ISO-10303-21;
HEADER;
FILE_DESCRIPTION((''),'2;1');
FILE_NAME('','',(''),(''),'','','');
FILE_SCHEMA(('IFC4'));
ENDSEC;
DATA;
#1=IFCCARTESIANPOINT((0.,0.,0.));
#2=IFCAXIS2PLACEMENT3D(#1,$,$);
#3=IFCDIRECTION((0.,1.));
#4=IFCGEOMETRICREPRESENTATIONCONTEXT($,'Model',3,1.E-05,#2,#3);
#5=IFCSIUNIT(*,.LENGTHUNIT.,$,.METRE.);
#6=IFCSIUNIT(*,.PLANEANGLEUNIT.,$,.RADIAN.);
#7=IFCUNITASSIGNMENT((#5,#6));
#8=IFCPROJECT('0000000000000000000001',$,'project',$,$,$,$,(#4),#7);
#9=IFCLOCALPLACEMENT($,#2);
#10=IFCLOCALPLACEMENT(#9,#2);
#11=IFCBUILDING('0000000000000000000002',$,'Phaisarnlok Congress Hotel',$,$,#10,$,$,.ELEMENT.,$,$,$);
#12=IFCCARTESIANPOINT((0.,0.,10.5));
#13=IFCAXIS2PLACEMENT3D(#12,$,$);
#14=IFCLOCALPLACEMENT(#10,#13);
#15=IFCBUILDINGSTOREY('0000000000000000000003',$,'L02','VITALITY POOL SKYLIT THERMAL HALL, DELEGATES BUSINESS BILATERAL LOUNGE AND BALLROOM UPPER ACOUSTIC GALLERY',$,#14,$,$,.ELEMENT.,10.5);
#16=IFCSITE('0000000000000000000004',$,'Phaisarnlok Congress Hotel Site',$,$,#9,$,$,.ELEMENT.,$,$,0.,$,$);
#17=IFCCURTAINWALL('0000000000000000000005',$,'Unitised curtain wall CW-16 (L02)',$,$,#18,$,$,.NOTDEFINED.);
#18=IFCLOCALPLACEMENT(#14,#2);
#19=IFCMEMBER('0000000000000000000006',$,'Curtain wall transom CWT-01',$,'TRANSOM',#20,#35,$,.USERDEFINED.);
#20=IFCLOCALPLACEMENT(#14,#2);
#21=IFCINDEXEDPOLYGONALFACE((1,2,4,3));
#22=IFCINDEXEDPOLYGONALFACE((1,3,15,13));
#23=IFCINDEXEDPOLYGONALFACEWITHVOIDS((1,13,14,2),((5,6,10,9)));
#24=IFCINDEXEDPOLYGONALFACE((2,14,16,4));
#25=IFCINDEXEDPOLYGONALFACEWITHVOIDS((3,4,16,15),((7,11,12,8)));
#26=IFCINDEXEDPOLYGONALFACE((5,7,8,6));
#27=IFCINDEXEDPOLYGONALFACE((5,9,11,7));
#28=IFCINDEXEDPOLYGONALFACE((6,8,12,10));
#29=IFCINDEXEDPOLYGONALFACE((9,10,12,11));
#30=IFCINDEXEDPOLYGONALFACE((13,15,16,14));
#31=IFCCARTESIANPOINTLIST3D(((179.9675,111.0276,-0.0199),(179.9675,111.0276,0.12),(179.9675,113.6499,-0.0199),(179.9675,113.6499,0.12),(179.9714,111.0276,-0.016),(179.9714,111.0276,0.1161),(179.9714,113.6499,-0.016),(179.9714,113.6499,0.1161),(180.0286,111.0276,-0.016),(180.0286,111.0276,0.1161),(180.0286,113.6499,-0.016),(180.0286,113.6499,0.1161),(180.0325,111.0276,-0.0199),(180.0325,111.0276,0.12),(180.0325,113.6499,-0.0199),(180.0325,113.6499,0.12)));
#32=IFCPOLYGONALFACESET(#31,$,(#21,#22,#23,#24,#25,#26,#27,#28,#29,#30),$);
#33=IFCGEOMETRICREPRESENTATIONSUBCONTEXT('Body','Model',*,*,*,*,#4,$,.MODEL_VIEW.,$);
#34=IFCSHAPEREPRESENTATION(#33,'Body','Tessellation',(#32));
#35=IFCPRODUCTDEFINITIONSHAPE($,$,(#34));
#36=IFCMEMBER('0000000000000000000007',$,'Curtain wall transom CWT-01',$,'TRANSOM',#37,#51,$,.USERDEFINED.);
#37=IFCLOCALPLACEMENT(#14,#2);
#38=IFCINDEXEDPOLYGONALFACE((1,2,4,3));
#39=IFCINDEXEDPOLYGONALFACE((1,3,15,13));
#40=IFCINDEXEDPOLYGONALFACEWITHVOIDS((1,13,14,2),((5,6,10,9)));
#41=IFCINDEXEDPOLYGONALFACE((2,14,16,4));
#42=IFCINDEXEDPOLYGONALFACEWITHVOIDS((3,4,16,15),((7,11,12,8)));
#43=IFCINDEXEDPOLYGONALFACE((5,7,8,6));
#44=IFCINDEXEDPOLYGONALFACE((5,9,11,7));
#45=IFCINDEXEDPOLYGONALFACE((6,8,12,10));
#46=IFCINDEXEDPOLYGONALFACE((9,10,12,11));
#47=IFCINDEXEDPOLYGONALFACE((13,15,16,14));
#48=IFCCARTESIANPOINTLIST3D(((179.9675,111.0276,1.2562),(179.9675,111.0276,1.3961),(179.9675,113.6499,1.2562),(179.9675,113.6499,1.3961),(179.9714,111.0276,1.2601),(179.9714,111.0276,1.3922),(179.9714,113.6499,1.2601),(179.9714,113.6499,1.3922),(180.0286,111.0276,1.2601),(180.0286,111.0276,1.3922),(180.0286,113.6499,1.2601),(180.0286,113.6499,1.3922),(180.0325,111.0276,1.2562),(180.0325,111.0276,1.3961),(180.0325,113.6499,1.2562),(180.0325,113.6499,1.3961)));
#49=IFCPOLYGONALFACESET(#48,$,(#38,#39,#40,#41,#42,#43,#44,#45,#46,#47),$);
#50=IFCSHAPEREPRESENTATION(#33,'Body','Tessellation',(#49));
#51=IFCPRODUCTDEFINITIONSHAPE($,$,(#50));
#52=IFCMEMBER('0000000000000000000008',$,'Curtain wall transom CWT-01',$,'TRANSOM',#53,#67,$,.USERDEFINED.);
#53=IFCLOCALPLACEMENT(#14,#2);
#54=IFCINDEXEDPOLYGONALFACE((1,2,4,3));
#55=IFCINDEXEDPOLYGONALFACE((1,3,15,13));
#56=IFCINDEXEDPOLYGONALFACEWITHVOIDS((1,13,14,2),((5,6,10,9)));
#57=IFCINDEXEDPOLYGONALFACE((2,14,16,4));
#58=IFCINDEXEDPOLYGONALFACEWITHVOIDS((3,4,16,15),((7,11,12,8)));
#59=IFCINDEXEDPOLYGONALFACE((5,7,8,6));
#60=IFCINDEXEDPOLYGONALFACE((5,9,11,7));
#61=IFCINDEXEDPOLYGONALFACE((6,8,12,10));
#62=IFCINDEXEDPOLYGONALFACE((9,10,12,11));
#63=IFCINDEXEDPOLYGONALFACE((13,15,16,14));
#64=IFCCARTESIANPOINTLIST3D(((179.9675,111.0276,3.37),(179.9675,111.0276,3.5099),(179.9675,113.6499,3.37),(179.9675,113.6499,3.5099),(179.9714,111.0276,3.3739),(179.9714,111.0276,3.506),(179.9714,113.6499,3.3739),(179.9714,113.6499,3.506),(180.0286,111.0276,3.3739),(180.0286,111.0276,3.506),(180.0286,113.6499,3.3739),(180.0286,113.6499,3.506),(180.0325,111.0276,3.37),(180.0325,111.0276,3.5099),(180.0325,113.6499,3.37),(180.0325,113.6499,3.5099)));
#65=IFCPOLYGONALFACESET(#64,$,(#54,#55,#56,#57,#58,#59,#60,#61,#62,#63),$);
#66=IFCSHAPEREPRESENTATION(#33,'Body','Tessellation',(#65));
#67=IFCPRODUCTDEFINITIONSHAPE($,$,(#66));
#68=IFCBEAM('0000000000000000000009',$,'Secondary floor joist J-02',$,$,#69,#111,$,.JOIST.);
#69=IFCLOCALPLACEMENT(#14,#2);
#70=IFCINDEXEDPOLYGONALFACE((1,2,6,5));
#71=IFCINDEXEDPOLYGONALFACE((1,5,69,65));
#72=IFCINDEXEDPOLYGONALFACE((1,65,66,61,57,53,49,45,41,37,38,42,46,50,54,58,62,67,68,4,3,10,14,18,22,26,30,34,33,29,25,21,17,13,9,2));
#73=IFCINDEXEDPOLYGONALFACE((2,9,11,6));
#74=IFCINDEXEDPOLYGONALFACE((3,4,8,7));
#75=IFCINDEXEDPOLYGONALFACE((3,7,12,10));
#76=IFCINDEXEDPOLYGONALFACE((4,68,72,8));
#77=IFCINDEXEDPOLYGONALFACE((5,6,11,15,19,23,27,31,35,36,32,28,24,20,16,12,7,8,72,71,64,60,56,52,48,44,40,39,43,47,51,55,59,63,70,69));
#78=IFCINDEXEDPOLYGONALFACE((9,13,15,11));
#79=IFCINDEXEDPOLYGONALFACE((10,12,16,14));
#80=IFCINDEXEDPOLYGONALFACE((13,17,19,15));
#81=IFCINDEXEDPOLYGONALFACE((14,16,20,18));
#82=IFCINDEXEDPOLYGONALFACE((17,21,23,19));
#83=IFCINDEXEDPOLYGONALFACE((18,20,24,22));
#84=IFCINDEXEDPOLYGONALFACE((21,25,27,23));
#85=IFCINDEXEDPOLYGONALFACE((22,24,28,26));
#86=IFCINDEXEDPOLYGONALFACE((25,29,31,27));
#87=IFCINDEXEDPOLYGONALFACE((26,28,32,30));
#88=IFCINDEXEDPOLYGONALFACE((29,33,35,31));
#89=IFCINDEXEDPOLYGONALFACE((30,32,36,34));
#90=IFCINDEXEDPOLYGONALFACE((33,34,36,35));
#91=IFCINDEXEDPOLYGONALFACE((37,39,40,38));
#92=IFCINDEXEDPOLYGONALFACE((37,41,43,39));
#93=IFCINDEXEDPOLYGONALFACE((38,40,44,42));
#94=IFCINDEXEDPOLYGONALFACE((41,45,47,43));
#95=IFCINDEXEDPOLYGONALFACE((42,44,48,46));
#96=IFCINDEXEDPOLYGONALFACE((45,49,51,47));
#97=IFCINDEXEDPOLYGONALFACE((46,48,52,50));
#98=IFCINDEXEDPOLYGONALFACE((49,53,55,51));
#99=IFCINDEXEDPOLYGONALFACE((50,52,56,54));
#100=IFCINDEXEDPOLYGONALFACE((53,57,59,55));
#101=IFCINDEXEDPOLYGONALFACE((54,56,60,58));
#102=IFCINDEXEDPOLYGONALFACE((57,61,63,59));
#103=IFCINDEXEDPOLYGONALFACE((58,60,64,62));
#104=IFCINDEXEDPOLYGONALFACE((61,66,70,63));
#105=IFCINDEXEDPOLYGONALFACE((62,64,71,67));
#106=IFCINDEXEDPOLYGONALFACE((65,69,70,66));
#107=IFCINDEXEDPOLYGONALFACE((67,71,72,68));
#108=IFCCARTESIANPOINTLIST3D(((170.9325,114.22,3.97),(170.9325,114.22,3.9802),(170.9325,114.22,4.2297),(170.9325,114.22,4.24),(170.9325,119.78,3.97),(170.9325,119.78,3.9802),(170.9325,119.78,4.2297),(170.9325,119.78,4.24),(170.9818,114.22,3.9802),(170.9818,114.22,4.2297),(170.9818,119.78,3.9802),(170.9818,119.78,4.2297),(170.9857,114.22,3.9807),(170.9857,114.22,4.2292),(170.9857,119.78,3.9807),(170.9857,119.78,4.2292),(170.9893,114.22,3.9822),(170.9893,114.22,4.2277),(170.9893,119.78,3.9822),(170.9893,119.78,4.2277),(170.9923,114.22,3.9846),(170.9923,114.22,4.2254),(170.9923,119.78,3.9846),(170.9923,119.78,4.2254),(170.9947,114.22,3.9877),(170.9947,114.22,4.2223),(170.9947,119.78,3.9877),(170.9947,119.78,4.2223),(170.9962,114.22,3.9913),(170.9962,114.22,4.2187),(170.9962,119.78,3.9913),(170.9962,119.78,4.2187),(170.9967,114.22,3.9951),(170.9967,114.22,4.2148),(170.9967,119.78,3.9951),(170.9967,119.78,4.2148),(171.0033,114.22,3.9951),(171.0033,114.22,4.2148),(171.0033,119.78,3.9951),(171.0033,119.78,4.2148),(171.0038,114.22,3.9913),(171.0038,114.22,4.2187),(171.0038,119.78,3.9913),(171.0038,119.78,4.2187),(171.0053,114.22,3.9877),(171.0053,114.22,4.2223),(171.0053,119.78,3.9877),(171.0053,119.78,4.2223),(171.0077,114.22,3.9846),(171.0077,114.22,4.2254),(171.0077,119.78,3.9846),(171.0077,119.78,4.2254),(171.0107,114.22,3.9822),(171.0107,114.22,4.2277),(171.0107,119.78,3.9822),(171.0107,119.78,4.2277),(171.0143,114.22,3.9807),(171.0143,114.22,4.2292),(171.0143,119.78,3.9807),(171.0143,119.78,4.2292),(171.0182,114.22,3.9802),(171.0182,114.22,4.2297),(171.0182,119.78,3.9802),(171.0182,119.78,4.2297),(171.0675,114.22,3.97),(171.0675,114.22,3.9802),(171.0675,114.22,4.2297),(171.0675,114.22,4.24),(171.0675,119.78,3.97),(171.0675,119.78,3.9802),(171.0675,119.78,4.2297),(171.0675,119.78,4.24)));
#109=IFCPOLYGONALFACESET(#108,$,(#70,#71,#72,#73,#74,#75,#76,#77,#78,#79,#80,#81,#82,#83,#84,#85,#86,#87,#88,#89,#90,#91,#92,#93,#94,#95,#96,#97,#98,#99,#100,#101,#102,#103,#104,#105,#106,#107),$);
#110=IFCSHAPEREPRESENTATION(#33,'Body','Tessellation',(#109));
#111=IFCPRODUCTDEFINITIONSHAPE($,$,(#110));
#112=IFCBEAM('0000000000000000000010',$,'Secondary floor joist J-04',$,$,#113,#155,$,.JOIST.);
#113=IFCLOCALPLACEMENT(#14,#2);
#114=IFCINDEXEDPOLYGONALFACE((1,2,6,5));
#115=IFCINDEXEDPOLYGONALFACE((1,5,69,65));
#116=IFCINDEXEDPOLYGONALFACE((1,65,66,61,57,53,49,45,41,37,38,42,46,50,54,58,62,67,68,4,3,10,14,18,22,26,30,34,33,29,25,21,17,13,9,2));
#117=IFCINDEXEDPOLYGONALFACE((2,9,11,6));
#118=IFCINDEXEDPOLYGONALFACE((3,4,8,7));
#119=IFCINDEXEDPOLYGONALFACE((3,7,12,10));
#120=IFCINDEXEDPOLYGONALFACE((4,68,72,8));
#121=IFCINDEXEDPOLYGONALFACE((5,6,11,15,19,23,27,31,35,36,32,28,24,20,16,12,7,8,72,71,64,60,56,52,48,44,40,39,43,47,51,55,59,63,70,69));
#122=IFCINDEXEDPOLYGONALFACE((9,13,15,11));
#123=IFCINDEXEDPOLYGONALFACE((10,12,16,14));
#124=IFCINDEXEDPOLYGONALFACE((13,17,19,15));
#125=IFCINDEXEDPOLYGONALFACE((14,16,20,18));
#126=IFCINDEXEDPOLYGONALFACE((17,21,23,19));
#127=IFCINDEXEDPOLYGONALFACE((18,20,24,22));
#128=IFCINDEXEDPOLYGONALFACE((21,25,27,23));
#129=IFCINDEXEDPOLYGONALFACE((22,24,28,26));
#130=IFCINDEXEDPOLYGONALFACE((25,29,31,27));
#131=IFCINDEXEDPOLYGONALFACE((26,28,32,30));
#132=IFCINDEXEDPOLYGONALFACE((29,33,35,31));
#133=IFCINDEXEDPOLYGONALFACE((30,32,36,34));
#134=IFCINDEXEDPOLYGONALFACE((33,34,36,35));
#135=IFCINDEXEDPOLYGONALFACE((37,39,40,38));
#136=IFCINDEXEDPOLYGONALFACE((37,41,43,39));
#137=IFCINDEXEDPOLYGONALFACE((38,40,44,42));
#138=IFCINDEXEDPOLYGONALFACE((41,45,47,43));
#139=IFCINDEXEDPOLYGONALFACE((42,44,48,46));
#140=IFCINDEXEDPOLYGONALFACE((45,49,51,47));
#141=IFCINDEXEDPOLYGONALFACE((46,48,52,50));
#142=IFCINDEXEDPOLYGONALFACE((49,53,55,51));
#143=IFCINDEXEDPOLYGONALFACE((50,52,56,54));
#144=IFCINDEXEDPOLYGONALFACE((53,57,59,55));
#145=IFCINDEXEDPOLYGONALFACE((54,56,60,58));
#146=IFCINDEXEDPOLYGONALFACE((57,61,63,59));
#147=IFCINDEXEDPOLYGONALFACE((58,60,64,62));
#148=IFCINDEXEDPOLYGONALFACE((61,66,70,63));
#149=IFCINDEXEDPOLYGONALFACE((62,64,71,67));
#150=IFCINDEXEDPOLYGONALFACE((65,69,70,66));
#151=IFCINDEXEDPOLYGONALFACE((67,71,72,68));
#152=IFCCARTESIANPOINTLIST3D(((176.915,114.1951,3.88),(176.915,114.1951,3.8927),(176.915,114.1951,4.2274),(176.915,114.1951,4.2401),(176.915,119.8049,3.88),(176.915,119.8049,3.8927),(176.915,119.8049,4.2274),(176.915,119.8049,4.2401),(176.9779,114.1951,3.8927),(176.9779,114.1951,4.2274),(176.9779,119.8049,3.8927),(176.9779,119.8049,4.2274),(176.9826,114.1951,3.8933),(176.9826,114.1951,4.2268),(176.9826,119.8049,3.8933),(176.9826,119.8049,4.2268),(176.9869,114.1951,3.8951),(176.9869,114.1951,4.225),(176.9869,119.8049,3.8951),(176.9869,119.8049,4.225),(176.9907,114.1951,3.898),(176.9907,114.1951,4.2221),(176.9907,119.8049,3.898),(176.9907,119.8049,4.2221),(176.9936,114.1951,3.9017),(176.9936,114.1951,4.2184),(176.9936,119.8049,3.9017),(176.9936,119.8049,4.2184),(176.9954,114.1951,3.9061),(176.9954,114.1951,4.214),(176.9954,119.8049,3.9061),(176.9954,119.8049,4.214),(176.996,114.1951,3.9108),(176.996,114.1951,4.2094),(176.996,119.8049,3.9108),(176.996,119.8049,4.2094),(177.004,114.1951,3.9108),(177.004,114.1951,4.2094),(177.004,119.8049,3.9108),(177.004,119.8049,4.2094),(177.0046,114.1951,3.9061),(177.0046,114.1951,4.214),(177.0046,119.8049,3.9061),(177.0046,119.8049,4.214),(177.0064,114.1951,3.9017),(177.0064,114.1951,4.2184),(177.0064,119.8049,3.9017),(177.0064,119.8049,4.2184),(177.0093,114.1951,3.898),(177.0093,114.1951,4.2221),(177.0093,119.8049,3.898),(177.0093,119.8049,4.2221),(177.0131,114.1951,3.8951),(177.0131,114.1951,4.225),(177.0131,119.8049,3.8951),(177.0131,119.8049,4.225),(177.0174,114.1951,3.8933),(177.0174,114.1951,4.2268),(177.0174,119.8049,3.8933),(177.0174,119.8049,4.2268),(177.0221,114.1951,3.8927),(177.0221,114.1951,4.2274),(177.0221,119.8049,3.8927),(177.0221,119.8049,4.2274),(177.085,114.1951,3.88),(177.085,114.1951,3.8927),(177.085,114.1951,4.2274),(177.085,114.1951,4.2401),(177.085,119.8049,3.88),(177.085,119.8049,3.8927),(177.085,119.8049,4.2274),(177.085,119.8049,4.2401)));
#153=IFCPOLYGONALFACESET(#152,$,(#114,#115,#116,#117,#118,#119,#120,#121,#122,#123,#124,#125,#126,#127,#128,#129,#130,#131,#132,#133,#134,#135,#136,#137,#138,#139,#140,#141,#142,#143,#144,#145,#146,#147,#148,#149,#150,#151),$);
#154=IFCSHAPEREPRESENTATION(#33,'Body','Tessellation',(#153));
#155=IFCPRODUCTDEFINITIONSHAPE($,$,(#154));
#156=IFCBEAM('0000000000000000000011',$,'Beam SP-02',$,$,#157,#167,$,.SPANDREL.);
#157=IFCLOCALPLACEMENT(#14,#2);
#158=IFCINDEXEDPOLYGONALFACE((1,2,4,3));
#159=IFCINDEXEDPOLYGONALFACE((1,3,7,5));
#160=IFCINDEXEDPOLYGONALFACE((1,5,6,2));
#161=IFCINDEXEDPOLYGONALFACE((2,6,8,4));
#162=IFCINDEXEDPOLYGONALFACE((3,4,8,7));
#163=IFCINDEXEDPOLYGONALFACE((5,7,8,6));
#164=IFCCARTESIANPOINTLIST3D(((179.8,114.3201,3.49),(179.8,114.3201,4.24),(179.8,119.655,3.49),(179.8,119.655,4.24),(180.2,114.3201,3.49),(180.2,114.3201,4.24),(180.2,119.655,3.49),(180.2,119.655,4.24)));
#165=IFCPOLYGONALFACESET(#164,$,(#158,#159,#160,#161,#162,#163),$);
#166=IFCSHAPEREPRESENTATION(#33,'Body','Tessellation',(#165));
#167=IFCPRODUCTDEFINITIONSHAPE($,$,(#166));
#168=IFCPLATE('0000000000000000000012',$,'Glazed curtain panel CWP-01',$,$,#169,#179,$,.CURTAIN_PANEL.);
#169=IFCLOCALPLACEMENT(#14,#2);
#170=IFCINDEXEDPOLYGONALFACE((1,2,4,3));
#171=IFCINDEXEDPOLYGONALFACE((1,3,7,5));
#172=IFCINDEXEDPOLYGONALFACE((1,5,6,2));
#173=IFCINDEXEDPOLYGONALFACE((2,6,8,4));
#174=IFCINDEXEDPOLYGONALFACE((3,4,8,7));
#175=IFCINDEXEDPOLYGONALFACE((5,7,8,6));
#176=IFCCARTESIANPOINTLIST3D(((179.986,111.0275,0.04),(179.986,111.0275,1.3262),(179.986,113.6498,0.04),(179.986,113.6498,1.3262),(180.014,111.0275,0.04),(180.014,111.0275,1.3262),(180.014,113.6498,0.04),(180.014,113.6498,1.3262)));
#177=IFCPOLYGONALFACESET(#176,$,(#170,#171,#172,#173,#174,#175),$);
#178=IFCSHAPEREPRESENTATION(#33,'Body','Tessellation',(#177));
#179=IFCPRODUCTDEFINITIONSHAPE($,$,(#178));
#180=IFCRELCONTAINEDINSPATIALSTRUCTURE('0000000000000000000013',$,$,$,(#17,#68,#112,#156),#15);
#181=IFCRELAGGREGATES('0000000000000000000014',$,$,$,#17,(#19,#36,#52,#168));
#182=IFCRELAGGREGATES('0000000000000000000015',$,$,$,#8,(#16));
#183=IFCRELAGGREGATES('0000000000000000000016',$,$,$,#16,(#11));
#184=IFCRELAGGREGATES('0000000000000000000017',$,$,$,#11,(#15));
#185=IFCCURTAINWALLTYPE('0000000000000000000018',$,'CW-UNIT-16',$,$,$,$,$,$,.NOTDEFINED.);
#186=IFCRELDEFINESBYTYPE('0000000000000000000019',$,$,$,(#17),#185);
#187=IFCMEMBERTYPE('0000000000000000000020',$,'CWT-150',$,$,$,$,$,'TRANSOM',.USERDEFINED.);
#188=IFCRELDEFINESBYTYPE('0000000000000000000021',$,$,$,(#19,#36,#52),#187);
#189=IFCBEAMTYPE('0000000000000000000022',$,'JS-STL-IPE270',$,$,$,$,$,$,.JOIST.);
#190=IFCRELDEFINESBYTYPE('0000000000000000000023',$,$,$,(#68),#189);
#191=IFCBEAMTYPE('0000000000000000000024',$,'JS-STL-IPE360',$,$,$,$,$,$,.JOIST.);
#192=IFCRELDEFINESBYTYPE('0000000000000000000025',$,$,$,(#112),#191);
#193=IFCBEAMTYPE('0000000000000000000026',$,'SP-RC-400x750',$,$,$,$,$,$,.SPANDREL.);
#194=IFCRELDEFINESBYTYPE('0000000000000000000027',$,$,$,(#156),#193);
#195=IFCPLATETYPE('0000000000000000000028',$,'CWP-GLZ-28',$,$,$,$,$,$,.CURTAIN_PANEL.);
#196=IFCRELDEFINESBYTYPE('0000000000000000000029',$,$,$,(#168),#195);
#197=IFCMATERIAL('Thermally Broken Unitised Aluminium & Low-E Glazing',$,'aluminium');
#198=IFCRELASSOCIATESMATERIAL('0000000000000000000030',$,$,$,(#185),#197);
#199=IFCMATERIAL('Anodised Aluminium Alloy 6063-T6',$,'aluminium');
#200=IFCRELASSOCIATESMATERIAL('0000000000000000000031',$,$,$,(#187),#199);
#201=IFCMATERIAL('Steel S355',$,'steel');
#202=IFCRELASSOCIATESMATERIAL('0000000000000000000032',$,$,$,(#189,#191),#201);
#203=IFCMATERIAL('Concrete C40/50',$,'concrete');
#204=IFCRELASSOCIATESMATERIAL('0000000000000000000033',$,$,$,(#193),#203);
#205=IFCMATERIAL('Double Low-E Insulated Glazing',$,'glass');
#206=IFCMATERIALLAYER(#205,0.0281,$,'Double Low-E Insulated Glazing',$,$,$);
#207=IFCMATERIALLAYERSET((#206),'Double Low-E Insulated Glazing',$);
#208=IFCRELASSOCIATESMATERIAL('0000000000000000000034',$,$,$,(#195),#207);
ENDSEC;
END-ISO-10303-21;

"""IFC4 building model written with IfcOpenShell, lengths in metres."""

from ifc_helpers import new_model, si_unit, direction, frame, frame_2d, origin, origin_2d, place, context, subcontext, project, spatial, rectangle, hollow_rectangle, i_section, extrude, material, layer, layer_set, material_profile, profile_set, type_object, element, aggregate, save


model = new_model("IFC4")

# Units and contexts
model_context = context("Model", 3, precision=1e-05, world=origin(), true_north=direction((0.0, 1.0)))
body_context = subcontext(model_context, "Body", "Model", "MODEL_VIEW")
ifc_project = project(units=[si_unit("LENGTHUNIT", "METRE"), si_unit("PLANEANGLEUNIT", "RADIAN")], contexts=[model_context])

# Site, building, storey
site_placement = place(None, origin())
site = spatial("IfcSite", under=ifc_project, at=site_placement, Name="Phaisarnlok Congress Hotel Site", CompositionType="ELEMENT", RefElevation=0.0)
building_placement = place(site_placement, origin())
building = spatial("IfcBuilding", under=site, at=building_placement, Name="Phaisarnlok Congress Hotel", CompositionType="ELEMENT")
storey_placement = place(building_placement, frame((0.0, 0.0, 10.5)))
storey = spatial("IfcBuildingStorey", under=building, at=storey_placement, Name="L02", Description="VITALITY POOL SKYLIT THERMAL HALL, DELEGATES BUSINESS BILATERAL LOUNGE AND BALLROOM UPPER ACOUSTIC GALLERY", CompositionType="ELEMENT", Elevation=10.5)

# Shared definitions
ifc_material_1 = material(Name="Steel S355", Category="steel")

# Shared definitions
ifc_material_2 = material(Name="Concrete C40/50", Category="concrete")

# Curtain wall, members
ifc_material_3 = material(Name="Thermally Broken Unitised Aluminium & Low-E Glazing", Category="aluminium")
curtain_wall_type = type_object("IfcCurtainWallType", Name="CW-UNIT-16", PredefinedType="NOTDEFINED", material=ifc_material_3)
curtain_wall_placement = place(storey_placement, origin())
curtain_wall = element("IfcCurtainWall", 1, at=curtain_wall_placement, inside=storey, type_object=curtain_wall_type, Name="Unitised curtain wall CW-16 (L02)", PredefinedType="NOTDEFINED")
ifc_material_4 = material(Name="Anodised Aluminium Alloy 6063-T6", Category="aluminium")
ifc_material_profile_1 = material_profile(ifc_material_4, hollow_rectangle(XDim=0.0649, YDim=0.1399, WallThickness=0.0039, at=origin_2d()), Name="ALU-T 65x140x4")
ifc_profile_set_1 = profile_set([ifc_material_profile_1], Name="Anodised Aluminium Alloy 6063-T6")
member_type_1 = type_object("IfcMemberType", Name="CWT-150", ElementType="TRANSOM", PredefinedType="USERDEFINED", material=ifc_profile_set_1)
member_1_placement = place(storey_placement, frame((180.0, 111.0276, 0.05), z_axis=(0.0, 1.0, 0.0), x_axis=(-1.0, 0.0, 0.0)))
member_1 = element("IfcMember", 2, at=member_1_placement, type_object=member_type_1, Name="Curtain wall transom CWT-01", ObjectType="TRANSOM", PredefinedType="USERDEFINED", context=body_context, shape_type="SweptSolid", body=[
    extrude(hollow_rectangle(XDim=0.0649, YDim=0.1399, WallThickness=0.0039, at=origin_2d()), origin(), (0.0, 0.0, 1.0), 2.6223),
])
member_2_placement = place(storey_placement, frame((180.0, 111.0276, 1.3262), z_axis=(0.0, 1.0, 0.0), x_axis=(-1.0, 0.0, 0.0)))
member_2 = element("IfcMember", 3, at=member_2_placement, type_object=member_type_1, Name="Curtain wall transom CWT-01", ObjectType="TRANSOM", PredefinedType="USERDEFINED", context=body_context, shape_type="SweptSolid", body=[
    extrude(hollow_rectangle(XDim=0.0649, YDim=0.1399, WallThickness=0.0039, at=origin_2d()), origin(), (0.0, 0.0, 1.0), 2.6223),
])
member_3_placement = place(storey_placement, frame((180.0, 111.0276, 3.4399), z_axis=(0.0, 1.0, 0.0), x_axis=(-1.0, 0.0, 0.0)))
member_3 = element("IfcMember", 4, at=member_3_placement, type_object=member_type_1, Name="Curtain wall transom CWT-01", ObjectType="TRANSOM", PredefinedType="USERDEFINED", context=body_context, shape_type="SweptSolid", body=[
    extrude(hollow_rectangle(XDim=0.0649, YDim=0.1399, WallThickness=0.0039, at=origin_2d()), origin(), (0.0, 0.0, 1.0), 2.6223),
])

# Beams
ifc_material_profile_2 = material_profile(ifc_material_1, i_section(OverallWidth=0.135, OverallDepth=0.27, WebThickness=0.0066, FlangeThickness=0.0103, FilletRadius=0.0149, at=origin_2d()), Name="IPE 270")
ifc_profile_set_2 = profile_set([ifc_material_profile_2], Name="Steel S355")
beam_type_1 = type_object("IfcBeamType", Name="JS-STL-IPE270", PredefinedType="JOIST", material=ifc_profile_set_2)
beam_1_placement = place(storey_placement, frame((171.0, 114.22, 4.105), z_axis=(0.0, 1.0, 0.0), x_axis=(-1.0, 0.0, 0.0)))
element("IfcBeam", 5, at=beam_1_placement, inside=storey, type_object=beam_type_1, Name="Secondary floor joist J-02", PredefinedType="JOIST", context=body_context, shape_type="SweptSolid", body=[
    extrude(i_section(OverallWidth=0.135, OverallDepth=0.27, WebThickness=0.0066, FlangeThickness=0.0103, FilletRadius=0.0149, at=origin_2d()), origin(), (0.0, 0.0, 1.0), 5.5601),
])
ifc_material_profile_3 = material_profile(ifc_material_1, i_section(OverallWidth=0.1699, OverallDepth=0.3601, WebThickness=0.0081, FlangeThickness=0.0127, FilletRadius=0.0181, at=origin_2d()), Name="IPE 360")
ifc_profile_set_3 = profile_set([ifc_material_profile_3], Name="Steel S355")
beam_type_2 = type_object("IfcBeamType", Name="JS-STL-IPE360", PredefinedType="JOIST", material=ifc_profile_set_3)
beam_2_placement = place(storey_placement, frame((177.0, 114.1951, 4.0601), z_axis=(0.0, 1.0, 0.0), x_axis=(-1.0, 0.0, 0.0)))
element("IfcBeam", 6, at=beam_2_placement, inside=storey, type_object=beam_type_2, Name="Secondary floor joist J-04", PredefinedType="JOIST", context=body_context, shape_type="SweptSolid", body=[
    extrude(i_section(OverallWidth=0.1699, OverallDepth=0.3601, WebThickness=0.0081, FlangeThickness=0.0127, FilletRadius=0.0181, at=origin_2d()), origin(), (0.0, 0.0, 1.0), 5.6099),
])
ifc_material_profile_4 = material_profile(ifc_material_2, rectangle(XDim=0.3999, YDim=0.75, at=origin_2d()), Name="RC 400x750")
ifc_profile_set_4 = profile_set([ifc_material_profile_4], Name="Concrete C40/50")
beam_type_3 = type_object("IfcBeamType", Name="SP-RC-400x750", PredefinedType="SPANDREL", material=ifc_profile_set_4)
beam_3_placement = place(storey_placement, frame((180.0, 114.3201, 3.865), z_axis=(0.0, 1.0, 0.0), x_axis=(-1.0, 0.0, 0.0)))
element("IfcBeam", 7, at=beam_3_placement, inside=storey, type_object=beam_type_3, Name="Beam SP-02", PredefinedType="SPANDREL", context=body_context, shape_type="SweptSolid", body=[
    extrude(rectangle(XDim=0.3999, YDim=0.75, at=origin_2d()), origin(), (0.0, 0.0, 1.0), 5.335),
])

# Plate
ifc_material_5 = material(Name="Double Low-E Insulated Glazing", Category="glass")
ifc_layer_1 = layer(ifc_material_5, 0.0281, Name="Double Low-E Insulated Glazing")
ifc_layer_set_1 = layer_set([ifc_layer_1], Name="Double Low-E Insulated Glazing")
plate_type_1 = type_object("IfcPlateType", Name="CWP-GLZ-28", PredefinedType="CURTAIN_PANEL", material=ifc_layer_set_1)
plate_1_placement = place(storey_placement, frame((180.0, 111.0276, 0.04), z_axis=(0.0, 0.0, 1.0), x_axis=(0.0, 1.0, 0.0)))
plate_1 = element("IfcPlate", 8, at=plate_1_placement, type_object=plate_type_1, Name="Glazed curtain panel CWP-01", PredefinedType="CURTAIN_PANEL", context=body_context, shape_type="SweptSolid", body=[
    extrude(rectangle(XDim=2.6223, YDim=0.0281, at=frame_2d((1.311, 0.0))), origin(), (0.0, 0.0, 1.0), 1.2861),
])
aggregate(curtain_wall, [member_1, member_2, member_3, plate_1])

save(model, "model.ifc")
